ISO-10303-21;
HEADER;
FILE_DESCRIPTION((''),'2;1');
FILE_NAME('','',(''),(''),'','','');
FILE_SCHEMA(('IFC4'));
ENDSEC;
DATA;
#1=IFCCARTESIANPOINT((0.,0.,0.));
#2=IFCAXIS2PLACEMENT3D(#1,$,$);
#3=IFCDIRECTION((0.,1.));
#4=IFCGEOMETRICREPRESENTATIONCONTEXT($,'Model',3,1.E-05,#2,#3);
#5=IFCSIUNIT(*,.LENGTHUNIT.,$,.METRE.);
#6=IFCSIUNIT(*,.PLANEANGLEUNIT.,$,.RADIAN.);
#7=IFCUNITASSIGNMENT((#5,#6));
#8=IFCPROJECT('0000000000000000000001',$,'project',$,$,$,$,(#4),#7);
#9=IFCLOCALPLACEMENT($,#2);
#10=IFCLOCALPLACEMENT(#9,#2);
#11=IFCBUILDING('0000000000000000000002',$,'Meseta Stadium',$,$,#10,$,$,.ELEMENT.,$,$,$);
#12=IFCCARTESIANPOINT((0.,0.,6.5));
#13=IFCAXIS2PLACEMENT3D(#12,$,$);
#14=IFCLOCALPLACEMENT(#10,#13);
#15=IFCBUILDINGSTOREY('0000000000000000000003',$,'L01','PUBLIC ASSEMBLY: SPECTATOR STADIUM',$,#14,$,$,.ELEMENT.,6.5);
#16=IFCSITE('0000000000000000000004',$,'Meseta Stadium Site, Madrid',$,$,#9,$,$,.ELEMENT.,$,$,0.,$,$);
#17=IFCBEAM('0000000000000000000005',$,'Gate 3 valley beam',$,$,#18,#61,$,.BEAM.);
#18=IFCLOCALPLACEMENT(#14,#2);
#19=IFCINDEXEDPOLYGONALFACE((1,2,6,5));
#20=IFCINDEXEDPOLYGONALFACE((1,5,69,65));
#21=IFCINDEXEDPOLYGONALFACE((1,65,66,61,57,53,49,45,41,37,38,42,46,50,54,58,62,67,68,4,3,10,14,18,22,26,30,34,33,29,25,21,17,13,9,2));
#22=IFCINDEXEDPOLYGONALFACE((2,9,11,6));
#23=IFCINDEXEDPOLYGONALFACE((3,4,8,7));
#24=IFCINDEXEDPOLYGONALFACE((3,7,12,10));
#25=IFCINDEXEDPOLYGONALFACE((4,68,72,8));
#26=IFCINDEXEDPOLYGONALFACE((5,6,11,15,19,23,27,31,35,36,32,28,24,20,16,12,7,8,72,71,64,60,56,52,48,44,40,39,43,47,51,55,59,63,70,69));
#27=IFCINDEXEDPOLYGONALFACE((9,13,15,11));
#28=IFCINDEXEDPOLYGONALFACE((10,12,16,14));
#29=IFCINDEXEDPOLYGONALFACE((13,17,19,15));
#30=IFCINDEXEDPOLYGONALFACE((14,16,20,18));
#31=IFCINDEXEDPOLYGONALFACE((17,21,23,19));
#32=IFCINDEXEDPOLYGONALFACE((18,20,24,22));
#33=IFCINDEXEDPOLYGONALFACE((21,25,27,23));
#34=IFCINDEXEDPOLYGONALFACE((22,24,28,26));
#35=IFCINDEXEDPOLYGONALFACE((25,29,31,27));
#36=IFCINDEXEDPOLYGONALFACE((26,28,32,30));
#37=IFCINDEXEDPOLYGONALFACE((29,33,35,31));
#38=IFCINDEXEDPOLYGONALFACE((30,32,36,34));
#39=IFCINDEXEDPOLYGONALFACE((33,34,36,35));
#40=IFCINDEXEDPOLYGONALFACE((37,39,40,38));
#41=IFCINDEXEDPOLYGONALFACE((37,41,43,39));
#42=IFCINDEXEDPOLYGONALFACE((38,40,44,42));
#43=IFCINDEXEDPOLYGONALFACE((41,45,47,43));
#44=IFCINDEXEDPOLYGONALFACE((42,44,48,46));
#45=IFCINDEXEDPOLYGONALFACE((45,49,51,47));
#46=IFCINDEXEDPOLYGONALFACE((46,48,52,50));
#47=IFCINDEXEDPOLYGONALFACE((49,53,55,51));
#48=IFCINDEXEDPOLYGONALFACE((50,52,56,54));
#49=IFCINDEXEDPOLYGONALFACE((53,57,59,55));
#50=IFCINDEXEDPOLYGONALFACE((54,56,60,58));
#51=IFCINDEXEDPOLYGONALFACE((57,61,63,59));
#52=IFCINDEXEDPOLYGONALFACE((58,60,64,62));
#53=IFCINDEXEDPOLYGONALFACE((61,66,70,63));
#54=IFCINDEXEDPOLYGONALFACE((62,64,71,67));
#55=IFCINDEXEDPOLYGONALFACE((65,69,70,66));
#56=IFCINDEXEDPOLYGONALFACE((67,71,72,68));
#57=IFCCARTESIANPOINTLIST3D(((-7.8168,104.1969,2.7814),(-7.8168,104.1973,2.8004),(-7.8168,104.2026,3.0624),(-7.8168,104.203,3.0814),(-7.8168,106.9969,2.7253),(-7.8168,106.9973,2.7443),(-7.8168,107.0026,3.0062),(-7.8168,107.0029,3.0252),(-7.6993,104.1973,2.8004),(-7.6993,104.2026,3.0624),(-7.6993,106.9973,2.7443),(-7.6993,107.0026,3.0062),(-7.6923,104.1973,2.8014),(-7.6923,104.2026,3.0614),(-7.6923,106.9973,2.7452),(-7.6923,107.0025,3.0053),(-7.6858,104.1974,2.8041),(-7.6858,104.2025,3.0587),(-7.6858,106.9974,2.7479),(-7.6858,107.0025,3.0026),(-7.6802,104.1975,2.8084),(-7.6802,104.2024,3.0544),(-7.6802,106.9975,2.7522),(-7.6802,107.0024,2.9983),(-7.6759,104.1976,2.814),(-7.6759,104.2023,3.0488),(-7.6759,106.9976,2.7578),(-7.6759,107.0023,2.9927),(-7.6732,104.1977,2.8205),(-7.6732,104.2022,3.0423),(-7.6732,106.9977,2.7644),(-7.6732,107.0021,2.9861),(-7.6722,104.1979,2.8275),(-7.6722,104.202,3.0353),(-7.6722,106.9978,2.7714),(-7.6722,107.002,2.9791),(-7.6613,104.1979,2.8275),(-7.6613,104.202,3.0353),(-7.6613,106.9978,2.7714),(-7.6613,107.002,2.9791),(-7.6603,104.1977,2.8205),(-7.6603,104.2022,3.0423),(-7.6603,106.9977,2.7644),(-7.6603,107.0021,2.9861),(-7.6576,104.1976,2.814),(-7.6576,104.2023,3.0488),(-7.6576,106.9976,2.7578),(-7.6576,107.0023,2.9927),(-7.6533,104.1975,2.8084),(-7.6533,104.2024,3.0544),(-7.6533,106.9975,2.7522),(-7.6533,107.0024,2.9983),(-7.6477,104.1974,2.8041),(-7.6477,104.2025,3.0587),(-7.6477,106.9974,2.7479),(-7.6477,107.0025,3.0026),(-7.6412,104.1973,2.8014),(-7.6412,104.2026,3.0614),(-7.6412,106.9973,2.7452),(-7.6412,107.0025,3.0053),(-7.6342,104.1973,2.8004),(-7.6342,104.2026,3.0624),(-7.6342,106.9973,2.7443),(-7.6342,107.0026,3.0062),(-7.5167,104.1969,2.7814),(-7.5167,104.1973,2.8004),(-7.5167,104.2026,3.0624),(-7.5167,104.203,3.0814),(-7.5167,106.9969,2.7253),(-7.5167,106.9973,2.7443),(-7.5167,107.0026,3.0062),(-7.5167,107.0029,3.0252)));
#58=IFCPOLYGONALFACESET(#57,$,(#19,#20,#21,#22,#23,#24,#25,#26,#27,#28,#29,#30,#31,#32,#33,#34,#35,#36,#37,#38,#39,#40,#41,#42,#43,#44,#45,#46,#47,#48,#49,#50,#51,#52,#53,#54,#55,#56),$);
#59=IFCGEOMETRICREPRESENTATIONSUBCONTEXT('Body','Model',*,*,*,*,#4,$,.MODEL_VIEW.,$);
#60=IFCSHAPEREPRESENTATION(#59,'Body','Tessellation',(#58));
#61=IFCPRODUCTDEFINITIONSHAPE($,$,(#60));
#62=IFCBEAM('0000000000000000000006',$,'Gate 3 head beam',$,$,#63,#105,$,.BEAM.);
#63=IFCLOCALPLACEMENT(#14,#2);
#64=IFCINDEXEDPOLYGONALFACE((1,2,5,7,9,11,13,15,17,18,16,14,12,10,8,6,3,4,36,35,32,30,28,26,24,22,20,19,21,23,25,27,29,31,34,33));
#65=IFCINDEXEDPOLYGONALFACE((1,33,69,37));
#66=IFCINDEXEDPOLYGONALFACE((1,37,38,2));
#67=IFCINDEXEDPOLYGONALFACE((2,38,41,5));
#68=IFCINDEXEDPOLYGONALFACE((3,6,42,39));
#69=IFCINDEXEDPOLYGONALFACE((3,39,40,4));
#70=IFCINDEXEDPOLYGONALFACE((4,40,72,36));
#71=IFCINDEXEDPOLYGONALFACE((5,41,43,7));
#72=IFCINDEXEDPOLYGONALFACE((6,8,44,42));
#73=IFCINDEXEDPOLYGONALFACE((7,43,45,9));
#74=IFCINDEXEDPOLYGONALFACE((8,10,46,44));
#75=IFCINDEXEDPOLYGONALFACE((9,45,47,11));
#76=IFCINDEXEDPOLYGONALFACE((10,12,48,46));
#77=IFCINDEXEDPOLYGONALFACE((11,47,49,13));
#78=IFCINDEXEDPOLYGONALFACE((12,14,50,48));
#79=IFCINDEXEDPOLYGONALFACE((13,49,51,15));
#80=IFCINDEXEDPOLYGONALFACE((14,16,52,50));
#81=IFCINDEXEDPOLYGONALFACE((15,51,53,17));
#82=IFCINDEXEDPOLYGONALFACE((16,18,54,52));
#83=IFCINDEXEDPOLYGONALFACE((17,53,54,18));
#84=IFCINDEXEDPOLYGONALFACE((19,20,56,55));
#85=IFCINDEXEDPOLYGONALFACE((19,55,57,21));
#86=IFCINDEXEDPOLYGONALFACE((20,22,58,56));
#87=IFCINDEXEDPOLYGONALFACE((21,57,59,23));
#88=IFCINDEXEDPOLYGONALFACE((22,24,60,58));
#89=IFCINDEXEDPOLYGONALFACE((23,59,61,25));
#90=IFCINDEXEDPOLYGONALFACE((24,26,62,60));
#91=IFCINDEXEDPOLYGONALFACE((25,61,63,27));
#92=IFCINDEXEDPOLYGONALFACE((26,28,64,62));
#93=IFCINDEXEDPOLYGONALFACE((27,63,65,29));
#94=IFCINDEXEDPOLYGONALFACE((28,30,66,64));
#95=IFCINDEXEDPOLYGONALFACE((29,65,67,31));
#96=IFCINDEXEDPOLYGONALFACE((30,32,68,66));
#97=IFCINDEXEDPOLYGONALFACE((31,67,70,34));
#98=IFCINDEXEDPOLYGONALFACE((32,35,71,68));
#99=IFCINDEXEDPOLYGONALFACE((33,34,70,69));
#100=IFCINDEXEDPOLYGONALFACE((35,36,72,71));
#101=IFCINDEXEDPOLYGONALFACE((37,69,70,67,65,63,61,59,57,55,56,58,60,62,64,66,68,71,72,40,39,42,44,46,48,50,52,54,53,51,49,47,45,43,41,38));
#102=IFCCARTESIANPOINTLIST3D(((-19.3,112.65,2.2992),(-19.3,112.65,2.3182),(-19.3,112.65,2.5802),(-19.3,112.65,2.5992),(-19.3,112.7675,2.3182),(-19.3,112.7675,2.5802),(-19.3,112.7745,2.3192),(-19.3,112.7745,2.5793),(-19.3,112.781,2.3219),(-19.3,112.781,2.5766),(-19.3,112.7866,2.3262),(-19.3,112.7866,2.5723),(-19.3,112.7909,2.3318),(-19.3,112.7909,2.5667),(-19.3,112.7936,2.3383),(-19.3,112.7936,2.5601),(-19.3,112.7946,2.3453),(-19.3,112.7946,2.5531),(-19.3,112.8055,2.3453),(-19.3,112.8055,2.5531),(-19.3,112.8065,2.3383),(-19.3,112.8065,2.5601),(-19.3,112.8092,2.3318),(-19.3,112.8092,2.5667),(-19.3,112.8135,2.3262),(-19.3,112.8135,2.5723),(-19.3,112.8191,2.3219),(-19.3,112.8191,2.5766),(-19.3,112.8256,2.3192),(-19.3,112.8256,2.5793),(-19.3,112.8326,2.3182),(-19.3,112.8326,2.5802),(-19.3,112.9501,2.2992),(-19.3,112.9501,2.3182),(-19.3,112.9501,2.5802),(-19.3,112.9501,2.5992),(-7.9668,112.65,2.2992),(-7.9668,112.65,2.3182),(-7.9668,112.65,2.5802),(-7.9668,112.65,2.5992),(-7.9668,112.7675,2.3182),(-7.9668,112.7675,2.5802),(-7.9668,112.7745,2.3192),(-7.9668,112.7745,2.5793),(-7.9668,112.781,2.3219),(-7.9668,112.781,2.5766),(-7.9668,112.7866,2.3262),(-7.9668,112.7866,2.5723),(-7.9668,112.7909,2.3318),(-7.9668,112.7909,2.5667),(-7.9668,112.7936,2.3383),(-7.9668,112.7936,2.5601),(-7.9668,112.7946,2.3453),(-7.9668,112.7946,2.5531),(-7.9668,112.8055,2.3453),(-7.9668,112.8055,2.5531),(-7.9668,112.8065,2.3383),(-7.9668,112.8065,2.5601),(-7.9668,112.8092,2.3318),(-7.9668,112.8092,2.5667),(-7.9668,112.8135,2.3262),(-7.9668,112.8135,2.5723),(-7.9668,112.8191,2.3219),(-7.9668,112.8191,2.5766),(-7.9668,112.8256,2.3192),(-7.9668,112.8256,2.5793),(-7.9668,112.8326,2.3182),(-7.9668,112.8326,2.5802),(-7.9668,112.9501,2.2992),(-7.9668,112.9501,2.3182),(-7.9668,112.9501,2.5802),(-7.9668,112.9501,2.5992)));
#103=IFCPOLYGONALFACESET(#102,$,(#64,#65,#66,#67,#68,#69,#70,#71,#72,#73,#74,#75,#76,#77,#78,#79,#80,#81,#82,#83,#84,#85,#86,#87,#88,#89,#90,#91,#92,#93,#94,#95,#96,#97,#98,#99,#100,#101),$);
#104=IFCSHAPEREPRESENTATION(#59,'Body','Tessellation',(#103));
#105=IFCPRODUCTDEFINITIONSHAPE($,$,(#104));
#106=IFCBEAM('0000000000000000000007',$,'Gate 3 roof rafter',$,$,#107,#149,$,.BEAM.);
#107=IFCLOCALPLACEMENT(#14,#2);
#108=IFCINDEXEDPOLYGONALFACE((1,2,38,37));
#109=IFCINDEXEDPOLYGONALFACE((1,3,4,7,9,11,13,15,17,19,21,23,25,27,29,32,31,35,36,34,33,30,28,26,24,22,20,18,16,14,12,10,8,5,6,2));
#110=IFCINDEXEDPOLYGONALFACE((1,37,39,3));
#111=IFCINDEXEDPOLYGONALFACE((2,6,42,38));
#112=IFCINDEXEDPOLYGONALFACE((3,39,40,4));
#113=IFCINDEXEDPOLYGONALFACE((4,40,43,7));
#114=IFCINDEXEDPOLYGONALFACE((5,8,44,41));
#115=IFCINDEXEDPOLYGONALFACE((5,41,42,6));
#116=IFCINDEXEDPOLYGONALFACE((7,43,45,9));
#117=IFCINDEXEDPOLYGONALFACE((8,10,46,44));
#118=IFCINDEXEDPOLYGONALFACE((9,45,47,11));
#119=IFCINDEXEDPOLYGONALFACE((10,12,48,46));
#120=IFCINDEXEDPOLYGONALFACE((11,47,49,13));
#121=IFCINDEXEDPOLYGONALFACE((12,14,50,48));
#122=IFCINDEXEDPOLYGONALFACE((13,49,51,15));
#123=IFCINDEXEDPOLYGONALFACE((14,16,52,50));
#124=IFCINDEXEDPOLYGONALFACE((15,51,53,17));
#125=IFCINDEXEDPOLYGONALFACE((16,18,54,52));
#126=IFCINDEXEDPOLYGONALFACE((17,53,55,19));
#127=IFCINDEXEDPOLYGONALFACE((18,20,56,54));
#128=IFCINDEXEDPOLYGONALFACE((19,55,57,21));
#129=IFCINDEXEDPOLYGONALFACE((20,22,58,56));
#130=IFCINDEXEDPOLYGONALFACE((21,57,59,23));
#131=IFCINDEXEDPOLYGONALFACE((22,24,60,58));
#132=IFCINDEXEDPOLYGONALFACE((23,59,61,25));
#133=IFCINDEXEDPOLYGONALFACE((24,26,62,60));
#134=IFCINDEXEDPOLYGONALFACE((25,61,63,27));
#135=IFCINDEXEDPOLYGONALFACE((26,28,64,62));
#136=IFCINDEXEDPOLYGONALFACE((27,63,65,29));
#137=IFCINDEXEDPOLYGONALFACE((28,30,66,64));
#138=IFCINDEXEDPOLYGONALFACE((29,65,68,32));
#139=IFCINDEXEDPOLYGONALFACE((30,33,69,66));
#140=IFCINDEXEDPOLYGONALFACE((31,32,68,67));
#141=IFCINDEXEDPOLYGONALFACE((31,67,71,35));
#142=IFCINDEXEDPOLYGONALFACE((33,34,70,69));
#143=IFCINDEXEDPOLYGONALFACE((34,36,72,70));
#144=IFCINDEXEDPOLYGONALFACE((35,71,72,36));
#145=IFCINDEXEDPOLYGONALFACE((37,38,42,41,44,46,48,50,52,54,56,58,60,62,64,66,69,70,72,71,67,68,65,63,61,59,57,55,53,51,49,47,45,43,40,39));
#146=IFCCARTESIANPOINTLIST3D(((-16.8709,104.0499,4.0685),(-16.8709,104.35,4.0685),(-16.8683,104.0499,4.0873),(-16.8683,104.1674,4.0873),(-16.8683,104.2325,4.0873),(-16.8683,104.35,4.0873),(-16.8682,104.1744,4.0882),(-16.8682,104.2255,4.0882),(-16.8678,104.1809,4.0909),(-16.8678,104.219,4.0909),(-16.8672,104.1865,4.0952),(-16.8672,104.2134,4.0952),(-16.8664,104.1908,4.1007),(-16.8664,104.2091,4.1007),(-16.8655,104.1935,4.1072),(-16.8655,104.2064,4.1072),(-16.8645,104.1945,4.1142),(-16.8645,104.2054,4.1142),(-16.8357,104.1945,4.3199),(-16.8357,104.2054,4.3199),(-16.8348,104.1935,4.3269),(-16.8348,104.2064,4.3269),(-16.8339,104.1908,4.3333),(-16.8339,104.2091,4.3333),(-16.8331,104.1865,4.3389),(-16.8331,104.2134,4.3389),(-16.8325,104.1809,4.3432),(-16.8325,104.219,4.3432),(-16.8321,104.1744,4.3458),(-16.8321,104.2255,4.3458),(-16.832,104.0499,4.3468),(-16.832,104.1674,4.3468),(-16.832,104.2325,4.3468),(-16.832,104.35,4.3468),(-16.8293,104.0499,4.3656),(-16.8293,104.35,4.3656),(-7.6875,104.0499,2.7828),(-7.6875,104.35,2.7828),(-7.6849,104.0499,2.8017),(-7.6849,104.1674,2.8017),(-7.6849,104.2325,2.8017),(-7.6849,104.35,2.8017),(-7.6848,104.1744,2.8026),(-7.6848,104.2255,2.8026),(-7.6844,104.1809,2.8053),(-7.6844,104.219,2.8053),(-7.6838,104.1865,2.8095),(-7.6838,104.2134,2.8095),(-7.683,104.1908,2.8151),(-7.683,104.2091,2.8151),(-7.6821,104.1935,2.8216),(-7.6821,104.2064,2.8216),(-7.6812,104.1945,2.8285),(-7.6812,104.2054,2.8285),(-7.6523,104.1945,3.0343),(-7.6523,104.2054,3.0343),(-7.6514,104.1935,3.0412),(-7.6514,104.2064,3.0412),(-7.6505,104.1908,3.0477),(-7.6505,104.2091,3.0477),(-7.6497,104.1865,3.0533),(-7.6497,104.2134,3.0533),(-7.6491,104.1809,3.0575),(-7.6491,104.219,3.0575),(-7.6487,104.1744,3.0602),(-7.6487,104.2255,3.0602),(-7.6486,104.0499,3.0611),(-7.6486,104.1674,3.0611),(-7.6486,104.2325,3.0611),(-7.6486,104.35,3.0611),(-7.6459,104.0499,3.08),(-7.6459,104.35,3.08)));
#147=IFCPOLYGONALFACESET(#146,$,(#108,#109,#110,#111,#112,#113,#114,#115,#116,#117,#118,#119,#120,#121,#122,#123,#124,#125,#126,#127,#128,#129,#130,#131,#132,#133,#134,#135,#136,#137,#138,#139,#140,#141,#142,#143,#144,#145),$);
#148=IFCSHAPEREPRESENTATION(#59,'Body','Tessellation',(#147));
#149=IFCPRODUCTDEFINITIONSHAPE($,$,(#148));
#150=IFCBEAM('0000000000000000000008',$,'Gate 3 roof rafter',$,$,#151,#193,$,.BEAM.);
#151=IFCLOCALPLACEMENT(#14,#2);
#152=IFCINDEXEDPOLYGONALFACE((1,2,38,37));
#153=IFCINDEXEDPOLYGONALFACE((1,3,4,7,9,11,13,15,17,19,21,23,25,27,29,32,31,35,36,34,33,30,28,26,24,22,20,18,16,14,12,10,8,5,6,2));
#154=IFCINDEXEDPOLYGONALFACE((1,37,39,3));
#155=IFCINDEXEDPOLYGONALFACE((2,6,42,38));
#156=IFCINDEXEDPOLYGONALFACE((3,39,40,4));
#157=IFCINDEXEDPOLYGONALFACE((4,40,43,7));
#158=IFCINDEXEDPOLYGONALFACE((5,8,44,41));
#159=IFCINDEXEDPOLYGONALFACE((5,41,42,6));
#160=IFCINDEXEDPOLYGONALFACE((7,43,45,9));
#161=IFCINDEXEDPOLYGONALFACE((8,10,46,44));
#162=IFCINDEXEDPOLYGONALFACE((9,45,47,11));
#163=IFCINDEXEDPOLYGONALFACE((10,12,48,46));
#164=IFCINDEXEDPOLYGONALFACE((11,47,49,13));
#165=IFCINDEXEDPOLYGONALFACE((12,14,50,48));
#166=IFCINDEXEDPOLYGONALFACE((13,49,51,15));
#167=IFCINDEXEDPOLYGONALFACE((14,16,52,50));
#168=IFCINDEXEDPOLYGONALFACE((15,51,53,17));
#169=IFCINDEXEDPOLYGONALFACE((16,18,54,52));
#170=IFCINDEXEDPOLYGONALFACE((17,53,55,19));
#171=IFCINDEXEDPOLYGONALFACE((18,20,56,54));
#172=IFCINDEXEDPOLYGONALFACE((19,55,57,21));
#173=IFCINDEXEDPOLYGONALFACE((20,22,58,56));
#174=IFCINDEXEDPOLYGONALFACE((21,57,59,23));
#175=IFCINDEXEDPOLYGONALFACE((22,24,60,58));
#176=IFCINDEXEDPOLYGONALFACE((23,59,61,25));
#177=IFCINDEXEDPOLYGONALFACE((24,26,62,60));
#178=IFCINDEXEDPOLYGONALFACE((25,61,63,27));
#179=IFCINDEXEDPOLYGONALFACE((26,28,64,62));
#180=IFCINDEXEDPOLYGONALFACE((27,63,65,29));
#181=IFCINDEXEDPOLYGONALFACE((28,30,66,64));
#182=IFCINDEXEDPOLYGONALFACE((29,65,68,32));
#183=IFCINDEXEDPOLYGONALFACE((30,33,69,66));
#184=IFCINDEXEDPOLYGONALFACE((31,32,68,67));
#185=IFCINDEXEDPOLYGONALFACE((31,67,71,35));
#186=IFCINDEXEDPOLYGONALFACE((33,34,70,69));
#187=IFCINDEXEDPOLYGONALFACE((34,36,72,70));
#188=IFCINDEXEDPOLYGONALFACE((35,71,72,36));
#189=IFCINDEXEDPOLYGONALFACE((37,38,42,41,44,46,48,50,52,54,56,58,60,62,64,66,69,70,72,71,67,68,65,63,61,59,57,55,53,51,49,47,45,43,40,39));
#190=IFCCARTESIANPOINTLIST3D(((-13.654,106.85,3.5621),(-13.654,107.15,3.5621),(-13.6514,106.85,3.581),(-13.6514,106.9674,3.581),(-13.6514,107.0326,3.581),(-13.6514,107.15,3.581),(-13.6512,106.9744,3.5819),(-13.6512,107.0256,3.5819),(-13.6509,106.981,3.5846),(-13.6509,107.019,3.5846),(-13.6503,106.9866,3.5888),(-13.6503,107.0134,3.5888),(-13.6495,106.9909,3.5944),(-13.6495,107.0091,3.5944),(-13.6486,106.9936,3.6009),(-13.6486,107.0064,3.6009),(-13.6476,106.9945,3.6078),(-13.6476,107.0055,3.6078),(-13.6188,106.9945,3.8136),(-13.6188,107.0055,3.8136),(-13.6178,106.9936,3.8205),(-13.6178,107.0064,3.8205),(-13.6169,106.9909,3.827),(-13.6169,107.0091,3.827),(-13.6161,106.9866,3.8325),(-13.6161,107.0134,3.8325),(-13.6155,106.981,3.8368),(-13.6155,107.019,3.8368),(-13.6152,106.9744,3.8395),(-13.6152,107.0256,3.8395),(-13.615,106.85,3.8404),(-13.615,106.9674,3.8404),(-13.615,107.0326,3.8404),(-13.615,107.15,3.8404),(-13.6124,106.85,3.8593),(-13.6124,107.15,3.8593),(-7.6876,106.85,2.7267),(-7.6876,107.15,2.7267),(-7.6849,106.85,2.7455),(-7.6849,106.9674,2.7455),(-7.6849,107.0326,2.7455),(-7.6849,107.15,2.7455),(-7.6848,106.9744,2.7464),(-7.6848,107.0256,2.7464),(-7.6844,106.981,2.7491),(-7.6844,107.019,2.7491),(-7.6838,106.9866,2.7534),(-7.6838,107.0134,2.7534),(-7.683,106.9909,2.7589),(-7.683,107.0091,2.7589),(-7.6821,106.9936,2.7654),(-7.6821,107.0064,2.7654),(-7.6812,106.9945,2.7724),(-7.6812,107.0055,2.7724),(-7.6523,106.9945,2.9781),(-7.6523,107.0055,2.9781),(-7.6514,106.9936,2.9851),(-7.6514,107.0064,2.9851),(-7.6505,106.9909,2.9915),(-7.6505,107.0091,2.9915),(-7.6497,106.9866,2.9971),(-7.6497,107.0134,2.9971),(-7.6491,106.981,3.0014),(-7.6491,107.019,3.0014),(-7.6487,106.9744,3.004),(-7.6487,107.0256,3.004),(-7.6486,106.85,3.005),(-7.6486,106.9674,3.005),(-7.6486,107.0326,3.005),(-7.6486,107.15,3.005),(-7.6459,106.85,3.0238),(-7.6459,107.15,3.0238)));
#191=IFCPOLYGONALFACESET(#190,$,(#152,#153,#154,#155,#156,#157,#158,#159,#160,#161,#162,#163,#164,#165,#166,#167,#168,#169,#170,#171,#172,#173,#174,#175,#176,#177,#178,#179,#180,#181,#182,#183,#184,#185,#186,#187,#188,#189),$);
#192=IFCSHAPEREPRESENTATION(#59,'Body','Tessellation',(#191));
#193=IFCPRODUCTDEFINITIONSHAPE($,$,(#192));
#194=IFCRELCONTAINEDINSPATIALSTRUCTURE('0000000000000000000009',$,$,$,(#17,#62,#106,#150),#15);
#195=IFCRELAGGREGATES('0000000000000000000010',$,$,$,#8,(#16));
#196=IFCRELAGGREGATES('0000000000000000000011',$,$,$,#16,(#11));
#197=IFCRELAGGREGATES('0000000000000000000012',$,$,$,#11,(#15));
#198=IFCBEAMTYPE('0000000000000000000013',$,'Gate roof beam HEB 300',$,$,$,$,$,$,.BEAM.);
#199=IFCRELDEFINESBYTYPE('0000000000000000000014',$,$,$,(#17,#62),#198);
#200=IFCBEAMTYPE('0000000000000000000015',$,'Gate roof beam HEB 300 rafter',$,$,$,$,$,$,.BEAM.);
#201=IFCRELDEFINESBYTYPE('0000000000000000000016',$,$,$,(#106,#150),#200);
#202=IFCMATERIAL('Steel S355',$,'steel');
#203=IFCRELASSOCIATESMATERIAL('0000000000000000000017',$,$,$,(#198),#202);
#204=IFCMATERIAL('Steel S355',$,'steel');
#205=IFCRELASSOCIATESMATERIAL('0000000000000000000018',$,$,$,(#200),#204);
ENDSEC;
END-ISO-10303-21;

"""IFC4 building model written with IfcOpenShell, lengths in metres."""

from ifc_helpers import new_model, si_unit, direction, frame, origin, origin_2d, place, context, subcontext, project, spatial, i_section, extrude, material, material_profile, profile_set, type_object, element, save


model = new_model("IFC4")

# Units and contexts
model_context = context("Model", 3, precision=1e-05, world=origin(), true_north=direction((0.0, 1.0)))
body_context = subcontext(model_context, "Body", "Model", "MODEL_VIEW")
ifc_project = project(units=[si_unit("LENGTHUNIT", "METRE"), si_unit("PLANEANGLEUNIT", "RADIAN")], contexts=[model_context])

# Site, building, storey
site_placement = place(None, origin())
site = spatial("IfcSite", under=ifc_project, at=site_placement, Name="Meseta Stadium Site, Madrid", CompositionType="ELEMENT", RefElevation=0.0)
building_placement = place(site_placement, origin())
building = spatial("IfcBuilding", under=site, at=building_placement, Name="Meseta Stadium", CompositionType="ELEMENT")
storey_placement = place(building_placement, frame((0.0, 0.0, 6.5)))
storey = spatial("IfcBuildingStorey", under=building, at=storey_placement, Name="L01", Description="PUBLIC ASSEMBLY: SPECTATOR STADIUM", CompositionType="ELEMENT", Elevation=6.5)

# Beams
ifc_material_1 = material(Name="Steel S355", Category="steel")
ifc_material_profile_1 = material_profile(ifc_material_1, i_section(OverallWidth=0.3, OverallDepth=0.3, WebThickness=0.011, FlangeThickness=0.019, FilletRadius=0.0271, at=origin_2d()), Name="HEB 300")
ifc_profile_set_1 = profile_set([ifc_material_profile_1], Name="Steel S355")
beam_type_1 = type_object("IfcBeamType", Name="Gate roof beam HEB 300", PredefinedType="BEAM", material=ifc_profile_set_1)
beam_1_placement = place(storey_placement, frame((-7.6667, 104.2, 2.9314), z_axis=(0.0, 0.999799, -0.02005), x_axis=(-1.0, 0.0, 0.0)))
element("IfcBeam", 1, at=beam_1_placement, inside=storey, type_object=beam_type_1, Name="Gate 3 valley beam", PredefinedType="BEAM", context=body_context, shape_type="SweptSolid", body=[
    extrude(i_section(OverallWidth=0.3, OverallDepth=0.3, WebThickness=0.011, FlangeThickness=0.019, FilletRadius=0.0271, at=origin_2d()), origin(), (0.0, 0.0, 1.0), 2.8005),
])
beam_2_placement = place(storey_placement, frame((-7.9668, 112.8, 2.4492), z_axis=(-1.0, 0.0, 0.0), x_axis=(0.0, -1.0, 0.0)))
element("IfcBeam", 2, at=beam_2_placement, inside=storey, type_object=beam_type_1, Name="Gate 3 head beam", PredefinedType="BEAM", context=body_context, shape_type="SweptSolid", body=[
    extrude(i_section(OverallWidth=0.3, OverallDepth=0.3, WebThickness=0.011, FlangeThickness=0.019, FilletRadius=0.0271, at=origin_2d()), origin(), (0.0, 0.0, 1.0), 11.3333),
])
ifc_material_2 = material(Name="Steel S355", Category="steel")
ifc_material_profile_2 = material_profile(ifc_material_2, i_section(OverallWidth=0.3, OverallDepth=0.3, WebThickness=0.011, FlangeThickness=0.019, FilletRadius=0.0271, at=origin_2d()), Name="HEB 300")
ifc_profile_set_2 = profile_set([ifc_material_profile_2], Name="Steel S355")
beam_type_2 = type_object("IfcBeamType", Name="Gate roof beam HEB 300 rafter", PredefinedType="BEAM", material=ifc_profile_set_2)
beam_3_placement = place(storey_placement, frame((-7.6667, 104.2, 2.9314), z_axis=(-0.990342, 0.0, 0.138645), x_axis=(0.0, -1.0, 0.0)))
element("IfcBeam", 3, at=beam_3_placement, inside=storey, type_object=beam_type_2, Name="Gate 3 roof rafter", PredefinedType="BEAM", context=body_context, shape_type="SweptSolid", body=[
    extrude(i_section(OverallWidth=0.3, OverallDepth=0.3, WebThickness=0.011, FlangeThickness=0.019, FilletRadius=0.0271, at=origin_2d()), origin(), (0.0, 0.0, 1.0), 9.2729),
])
beam_4_placement = place(storey_placement, frame((-7.6667, 107.0, 2.8752), z_axis=(-0.990339, 0.0, 0.138669), x_axis=(0.0, -1.0, 0.0)))
element("IfcBeam", 4, at=beam_4_placement, inside=storey, type_object=beam_type_2, Name="Gate 3 roof rafter", PredefinedType="BEAM", context=body_context, shape_type="SweptSolid", body=[
    extrude(i_section(OverallWidth=0.3, OverallDepth=0.3, WebThickness=0.011, FlangeThickness=0.019, FilletRadius=0.0271, at=origin_2d()), origin(), (0.0, 0.0, 1.0), 6.0247),
])

save(model, "model.ifc")
